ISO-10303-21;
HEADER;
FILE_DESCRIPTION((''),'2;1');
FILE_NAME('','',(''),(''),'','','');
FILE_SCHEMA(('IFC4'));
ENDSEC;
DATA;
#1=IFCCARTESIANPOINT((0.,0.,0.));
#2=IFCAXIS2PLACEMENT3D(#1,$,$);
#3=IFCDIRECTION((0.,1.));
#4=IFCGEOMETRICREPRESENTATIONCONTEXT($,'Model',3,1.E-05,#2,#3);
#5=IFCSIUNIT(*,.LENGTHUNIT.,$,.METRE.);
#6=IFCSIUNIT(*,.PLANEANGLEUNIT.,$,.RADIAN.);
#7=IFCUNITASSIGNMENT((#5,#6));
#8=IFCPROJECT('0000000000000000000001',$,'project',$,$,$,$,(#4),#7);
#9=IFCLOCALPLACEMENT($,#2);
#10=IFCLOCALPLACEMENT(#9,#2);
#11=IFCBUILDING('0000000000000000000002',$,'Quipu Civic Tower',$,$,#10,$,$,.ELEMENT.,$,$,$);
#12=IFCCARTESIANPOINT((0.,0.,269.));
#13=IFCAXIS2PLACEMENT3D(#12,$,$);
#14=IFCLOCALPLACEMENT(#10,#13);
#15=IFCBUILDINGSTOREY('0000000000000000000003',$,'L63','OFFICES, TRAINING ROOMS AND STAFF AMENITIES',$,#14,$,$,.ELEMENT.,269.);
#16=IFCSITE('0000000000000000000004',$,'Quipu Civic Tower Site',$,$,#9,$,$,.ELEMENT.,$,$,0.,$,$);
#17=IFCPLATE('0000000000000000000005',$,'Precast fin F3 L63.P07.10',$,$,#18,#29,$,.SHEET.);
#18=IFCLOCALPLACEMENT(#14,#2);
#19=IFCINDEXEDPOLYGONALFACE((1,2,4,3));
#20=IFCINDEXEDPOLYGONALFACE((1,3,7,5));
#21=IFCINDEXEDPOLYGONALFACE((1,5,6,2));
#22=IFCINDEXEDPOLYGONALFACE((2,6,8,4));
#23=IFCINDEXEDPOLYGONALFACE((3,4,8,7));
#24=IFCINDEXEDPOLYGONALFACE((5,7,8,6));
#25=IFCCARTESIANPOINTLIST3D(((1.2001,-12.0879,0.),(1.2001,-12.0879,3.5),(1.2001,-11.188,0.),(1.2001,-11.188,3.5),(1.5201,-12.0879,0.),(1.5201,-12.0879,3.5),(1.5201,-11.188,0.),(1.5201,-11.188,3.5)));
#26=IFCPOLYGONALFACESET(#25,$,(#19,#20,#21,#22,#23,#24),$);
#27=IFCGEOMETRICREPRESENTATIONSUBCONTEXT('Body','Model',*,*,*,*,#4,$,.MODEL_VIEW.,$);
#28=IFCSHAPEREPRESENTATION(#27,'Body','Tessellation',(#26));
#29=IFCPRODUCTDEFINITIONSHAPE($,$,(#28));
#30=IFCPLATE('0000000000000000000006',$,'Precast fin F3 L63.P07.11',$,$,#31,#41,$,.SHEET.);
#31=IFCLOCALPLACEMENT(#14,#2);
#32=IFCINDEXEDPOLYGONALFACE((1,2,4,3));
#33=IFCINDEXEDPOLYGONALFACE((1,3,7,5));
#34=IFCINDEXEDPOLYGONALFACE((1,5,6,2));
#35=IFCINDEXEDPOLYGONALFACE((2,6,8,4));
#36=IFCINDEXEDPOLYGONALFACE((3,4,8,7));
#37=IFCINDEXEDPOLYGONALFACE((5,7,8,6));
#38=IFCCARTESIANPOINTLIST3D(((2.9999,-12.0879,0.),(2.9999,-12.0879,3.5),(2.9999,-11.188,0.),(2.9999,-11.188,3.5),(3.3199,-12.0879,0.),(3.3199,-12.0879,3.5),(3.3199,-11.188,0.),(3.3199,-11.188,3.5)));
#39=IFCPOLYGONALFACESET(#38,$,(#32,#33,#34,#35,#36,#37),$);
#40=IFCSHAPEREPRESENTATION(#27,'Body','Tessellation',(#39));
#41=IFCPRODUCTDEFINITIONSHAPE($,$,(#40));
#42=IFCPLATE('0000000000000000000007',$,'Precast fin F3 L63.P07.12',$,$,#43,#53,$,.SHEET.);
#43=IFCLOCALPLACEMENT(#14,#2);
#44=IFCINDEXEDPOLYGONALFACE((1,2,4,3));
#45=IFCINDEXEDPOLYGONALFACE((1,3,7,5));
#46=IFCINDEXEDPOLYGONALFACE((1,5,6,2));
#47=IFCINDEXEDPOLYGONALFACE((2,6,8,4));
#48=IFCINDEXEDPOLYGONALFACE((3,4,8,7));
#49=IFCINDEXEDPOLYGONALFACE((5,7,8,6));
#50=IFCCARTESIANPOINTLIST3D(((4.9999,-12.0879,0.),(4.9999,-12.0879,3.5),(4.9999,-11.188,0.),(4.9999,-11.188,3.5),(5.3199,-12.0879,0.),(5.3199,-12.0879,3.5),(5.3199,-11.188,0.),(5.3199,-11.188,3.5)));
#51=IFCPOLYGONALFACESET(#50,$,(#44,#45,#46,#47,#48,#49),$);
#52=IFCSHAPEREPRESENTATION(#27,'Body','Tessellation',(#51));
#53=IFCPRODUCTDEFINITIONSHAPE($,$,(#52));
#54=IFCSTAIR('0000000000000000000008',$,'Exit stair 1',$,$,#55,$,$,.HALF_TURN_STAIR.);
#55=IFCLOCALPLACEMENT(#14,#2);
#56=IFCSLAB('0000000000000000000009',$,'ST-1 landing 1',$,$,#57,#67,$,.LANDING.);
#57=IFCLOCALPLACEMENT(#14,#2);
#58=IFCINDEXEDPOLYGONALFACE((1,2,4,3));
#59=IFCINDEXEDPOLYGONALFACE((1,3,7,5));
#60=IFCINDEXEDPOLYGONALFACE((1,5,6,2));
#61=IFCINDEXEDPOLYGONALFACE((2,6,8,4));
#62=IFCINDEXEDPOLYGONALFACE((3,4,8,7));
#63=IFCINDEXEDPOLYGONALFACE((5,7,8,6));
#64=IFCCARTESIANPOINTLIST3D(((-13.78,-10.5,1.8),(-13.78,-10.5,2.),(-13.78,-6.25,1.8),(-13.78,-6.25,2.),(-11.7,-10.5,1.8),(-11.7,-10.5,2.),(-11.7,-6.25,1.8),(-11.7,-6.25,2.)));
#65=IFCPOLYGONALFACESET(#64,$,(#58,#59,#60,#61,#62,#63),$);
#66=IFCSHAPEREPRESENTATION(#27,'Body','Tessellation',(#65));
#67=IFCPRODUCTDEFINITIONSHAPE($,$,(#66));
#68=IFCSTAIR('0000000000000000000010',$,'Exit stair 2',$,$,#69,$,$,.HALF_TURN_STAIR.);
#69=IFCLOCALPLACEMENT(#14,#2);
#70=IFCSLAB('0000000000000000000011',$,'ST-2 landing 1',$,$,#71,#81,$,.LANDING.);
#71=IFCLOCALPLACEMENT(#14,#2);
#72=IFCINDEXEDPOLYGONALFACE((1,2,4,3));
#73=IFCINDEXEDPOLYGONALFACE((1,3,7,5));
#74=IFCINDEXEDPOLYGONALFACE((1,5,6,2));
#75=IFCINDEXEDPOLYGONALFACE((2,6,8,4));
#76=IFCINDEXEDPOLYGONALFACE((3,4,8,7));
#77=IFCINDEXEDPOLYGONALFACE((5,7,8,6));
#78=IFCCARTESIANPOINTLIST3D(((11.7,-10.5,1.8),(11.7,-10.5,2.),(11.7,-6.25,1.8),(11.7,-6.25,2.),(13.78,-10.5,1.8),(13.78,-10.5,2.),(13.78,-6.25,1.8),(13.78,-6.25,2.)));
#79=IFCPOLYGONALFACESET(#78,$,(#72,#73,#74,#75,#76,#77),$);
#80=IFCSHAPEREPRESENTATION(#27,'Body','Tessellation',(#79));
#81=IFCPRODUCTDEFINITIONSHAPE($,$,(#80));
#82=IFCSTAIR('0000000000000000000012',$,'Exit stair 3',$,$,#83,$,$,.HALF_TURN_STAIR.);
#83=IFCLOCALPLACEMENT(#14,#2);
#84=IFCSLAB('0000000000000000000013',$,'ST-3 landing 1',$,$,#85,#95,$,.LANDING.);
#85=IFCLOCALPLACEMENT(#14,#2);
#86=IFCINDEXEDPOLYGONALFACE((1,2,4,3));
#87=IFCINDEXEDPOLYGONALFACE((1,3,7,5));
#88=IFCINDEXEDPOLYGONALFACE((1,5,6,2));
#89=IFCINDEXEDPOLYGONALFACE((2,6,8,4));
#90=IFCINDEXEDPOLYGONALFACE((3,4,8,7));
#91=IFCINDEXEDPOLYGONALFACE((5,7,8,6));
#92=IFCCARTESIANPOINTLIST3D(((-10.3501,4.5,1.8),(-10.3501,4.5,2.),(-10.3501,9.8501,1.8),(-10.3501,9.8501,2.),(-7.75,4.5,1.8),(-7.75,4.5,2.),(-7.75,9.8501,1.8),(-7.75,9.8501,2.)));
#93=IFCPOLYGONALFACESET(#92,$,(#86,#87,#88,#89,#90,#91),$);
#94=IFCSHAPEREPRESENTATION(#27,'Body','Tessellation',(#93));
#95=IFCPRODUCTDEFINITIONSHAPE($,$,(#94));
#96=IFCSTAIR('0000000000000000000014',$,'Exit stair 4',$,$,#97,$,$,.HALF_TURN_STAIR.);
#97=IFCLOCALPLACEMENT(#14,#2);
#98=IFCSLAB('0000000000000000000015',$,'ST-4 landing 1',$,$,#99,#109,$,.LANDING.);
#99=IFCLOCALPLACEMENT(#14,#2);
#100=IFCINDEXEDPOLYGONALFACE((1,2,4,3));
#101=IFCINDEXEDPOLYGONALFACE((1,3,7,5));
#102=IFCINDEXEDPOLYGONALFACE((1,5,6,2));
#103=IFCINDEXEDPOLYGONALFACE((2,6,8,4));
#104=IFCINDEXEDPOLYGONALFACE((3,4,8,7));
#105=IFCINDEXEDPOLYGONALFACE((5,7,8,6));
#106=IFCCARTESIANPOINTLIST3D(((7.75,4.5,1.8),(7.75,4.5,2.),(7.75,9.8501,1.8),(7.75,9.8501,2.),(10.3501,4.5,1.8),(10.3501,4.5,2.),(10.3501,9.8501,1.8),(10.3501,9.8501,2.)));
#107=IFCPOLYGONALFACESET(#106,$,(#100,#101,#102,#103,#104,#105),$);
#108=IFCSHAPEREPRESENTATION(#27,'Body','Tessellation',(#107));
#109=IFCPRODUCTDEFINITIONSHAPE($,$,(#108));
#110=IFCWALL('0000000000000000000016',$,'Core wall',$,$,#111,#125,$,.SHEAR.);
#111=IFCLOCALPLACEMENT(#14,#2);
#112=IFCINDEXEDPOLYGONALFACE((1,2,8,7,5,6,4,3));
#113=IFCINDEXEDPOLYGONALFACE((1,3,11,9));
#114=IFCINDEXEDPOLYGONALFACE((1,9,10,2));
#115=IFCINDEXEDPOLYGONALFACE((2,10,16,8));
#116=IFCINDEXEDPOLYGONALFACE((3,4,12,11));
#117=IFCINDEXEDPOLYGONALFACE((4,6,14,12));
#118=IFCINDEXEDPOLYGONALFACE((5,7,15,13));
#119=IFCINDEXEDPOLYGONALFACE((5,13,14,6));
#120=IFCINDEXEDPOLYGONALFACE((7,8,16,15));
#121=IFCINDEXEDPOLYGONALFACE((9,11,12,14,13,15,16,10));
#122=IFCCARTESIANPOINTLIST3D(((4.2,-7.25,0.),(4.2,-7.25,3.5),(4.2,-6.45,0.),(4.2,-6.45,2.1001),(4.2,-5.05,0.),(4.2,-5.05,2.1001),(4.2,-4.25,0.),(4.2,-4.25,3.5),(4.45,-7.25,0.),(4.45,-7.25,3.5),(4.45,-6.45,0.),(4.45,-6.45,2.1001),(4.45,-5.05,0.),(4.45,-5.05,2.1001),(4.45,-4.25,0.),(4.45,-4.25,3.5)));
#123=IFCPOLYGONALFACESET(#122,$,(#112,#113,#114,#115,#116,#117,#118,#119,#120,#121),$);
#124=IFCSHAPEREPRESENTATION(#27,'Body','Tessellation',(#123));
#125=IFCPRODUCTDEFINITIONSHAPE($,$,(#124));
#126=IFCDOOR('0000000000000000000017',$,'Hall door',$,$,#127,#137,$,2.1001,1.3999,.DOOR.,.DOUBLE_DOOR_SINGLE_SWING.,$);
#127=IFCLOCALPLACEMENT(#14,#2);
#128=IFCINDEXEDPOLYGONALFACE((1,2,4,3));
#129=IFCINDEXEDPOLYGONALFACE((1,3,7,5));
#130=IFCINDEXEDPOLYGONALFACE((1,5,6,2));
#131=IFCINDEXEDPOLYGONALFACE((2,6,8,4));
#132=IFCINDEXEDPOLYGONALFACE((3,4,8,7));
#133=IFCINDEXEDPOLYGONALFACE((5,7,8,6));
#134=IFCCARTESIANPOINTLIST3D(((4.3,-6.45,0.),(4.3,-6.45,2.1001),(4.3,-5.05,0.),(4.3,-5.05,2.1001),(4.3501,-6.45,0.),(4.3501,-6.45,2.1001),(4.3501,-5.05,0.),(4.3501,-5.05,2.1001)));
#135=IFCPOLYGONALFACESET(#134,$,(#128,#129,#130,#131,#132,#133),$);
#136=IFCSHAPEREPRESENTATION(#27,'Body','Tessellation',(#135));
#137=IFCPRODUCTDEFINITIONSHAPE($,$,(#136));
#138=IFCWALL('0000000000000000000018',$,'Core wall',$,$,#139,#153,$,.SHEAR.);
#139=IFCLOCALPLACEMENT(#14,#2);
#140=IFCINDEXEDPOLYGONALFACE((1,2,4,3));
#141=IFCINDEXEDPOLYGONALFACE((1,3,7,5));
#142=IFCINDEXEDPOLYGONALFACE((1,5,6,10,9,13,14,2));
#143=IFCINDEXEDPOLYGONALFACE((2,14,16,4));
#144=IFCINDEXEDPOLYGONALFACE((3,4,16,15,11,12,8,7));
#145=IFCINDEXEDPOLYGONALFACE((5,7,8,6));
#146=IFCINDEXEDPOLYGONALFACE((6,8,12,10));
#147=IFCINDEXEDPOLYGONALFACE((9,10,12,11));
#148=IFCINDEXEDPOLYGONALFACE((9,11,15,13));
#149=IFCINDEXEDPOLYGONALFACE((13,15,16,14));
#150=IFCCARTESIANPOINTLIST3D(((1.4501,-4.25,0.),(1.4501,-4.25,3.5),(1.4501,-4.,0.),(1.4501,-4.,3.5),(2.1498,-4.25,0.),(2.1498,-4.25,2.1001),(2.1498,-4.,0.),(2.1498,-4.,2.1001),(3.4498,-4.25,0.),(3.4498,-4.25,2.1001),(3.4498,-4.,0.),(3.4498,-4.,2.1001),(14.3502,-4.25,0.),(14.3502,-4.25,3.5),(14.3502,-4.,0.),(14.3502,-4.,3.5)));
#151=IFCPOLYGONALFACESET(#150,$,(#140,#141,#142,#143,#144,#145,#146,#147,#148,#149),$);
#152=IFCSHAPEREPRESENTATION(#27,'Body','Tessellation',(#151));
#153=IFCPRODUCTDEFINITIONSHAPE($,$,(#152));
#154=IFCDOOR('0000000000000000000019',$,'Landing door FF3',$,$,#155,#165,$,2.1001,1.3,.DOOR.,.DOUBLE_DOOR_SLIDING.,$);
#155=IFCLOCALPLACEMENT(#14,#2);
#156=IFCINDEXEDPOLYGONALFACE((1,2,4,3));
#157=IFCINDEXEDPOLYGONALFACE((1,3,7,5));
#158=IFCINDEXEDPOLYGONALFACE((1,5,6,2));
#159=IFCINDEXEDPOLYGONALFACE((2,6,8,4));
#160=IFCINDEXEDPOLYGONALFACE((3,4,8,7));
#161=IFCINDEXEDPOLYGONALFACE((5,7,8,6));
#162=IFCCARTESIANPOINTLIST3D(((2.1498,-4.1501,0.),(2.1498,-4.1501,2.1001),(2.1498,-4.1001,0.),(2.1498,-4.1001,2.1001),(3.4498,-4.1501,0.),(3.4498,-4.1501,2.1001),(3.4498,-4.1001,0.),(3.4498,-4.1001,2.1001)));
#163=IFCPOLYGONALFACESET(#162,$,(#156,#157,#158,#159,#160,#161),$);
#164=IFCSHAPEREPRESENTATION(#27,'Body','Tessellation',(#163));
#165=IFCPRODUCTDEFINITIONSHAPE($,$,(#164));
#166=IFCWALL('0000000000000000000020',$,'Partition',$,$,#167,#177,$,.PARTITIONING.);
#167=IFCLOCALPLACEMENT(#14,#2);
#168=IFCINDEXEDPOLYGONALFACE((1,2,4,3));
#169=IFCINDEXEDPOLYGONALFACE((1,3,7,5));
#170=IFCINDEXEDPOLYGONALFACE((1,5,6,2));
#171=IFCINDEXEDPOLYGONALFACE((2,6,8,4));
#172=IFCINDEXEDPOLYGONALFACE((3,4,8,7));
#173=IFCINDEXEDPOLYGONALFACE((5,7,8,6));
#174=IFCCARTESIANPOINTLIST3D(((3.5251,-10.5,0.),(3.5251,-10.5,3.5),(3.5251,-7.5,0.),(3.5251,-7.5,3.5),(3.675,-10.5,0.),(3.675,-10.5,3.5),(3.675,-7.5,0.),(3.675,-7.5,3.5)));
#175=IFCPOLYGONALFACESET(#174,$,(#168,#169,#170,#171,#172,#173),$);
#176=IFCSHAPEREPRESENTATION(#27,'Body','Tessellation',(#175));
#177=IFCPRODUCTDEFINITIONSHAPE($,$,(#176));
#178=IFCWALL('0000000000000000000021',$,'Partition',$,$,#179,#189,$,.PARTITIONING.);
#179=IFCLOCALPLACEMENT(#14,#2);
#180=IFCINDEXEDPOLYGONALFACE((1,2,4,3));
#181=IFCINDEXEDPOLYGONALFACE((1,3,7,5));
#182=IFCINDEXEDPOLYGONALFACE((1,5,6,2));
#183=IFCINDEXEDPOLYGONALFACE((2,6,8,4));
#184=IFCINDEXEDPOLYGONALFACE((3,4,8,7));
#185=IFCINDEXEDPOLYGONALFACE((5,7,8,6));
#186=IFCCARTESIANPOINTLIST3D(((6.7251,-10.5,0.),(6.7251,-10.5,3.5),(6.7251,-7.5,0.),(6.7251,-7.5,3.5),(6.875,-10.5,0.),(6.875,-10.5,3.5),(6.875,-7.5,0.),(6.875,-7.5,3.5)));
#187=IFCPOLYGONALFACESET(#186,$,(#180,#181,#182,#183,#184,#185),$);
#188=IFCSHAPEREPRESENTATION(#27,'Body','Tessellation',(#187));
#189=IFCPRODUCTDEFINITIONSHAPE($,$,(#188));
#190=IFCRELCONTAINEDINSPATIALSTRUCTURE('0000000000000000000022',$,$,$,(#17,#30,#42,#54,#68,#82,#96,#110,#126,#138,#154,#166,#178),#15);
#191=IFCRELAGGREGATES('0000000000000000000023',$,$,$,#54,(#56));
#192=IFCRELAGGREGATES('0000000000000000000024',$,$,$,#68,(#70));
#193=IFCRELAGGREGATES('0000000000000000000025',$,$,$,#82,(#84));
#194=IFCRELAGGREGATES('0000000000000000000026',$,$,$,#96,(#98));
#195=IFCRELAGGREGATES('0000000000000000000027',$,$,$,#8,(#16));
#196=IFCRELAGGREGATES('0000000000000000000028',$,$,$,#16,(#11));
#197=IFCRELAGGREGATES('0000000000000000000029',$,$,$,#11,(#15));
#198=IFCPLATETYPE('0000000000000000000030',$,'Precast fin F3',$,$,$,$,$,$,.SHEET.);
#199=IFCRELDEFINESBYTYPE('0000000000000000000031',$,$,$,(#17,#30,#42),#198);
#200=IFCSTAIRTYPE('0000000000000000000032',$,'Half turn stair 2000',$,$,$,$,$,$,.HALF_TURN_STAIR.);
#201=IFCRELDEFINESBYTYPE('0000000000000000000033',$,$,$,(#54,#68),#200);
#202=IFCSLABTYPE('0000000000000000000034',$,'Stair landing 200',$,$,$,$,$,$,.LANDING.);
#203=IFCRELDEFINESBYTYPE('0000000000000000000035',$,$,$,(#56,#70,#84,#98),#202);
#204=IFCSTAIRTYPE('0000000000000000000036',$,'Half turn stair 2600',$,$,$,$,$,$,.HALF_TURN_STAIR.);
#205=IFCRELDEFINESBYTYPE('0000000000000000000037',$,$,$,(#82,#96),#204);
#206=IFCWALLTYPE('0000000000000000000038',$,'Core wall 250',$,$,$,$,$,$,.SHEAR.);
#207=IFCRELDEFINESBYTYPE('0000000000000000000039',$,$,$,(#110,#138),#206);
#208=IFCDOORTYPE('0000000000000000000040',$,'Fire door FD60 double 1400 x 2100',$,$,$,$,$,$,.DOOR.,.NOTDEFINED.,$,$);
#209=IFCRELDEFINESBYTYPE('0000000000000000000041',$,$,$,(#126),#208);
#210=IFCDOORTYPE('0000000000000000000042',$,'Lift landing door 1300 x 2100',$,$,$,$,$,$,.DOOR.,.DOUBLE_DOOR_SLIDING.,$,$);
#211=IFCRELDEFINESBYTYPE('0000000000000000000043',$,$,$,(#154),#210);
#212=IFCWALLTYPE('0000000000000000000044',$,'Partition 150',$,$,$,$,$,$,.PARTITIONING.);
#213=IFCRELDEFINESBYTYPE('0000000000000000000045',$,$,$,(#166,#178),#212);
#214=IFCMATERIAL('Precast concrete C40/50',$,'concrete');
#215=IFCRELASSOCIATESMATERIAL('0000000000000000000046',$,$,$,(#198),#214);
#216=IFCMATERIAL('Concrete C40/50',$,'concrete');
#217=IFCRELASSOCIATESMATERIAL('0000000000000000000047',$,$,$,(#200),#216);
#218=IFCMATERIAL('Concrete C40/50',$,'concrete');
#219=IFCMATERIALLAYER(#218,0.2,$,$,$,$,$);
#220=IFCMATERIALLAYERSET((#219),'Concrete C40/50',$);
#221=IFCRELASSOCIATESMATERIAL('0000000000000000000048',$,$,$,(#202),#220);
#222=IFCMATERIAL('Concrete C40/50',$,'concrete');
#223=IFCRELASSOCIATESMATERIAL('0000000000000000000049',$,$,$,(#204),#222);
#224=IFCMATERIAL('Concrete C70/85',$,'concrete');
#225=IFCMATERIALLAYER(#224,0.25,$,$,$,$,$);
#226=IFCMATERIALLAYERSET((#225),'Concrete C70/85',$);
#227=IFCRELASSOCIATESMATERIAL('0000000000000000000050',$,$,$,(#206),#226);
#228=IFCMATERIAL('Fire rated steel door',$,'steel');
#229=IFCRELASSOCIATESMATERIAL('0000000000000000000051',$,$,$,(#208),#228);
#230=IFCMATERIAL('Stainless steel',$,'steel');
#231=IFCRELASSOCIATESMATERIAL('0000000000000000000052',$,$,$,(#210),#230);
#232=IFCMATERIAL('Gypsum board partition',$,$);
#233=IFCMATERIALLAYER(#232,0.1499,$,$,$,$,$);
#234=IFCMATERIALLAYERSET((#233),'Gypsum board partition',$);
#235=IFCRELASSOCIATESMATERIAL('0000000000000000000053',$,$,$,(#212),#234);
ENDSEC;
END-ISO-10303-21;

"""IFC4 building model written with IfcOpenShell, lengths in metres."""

from ifc_helpers import new_model, si_unit, direction, frame, frame_2d, origin, origin_2d, place, context, subcontext, project, spatial, polyline, rectangle, outline, extrude, material, layer, layer_set, type_object, element, fill, aggregate, save


model = new_model("IFC4")

# Units and contexts
model_context = context("Model", 3, precision=1e-05, world=origin(), true_north=direction((0.0, 1.0)))
body_context = subcontext(model_context, "Body", "Model", "MODEL_VIEW")
ifc_project = project(units=[si_unit("LENGTHUNIT", "METRE"), si_unit("PLANEANGLEUNIT", "RADIAN")], contexts=[model_context])

# Site, building, storey
site_placement = place(None, origin())
site = spatial("IfcSite", under=ifc_project, at=site_placement, Name="Quipu Civic Tower Site", CompositionType="ELEMENT", RefElevation=0.0)
building_placement = place(site_placement, origin())
building = spatial("IfcBuilding", under=site, at=building_placement, Name="Quipu Civic Tower", CompositionType="ELEMENT")
storey_placement = place(building_placement, frame((0.0, 0.0, 269.0)))
storey = spatial("IfcBuildingStorey", under=building, at=storey_placement, Name="L63", Description="OFFICES, TRAINING ROOMS AND STAFF AMENITIES", CompositionType="ELEMENT", Elevation=269.0)

# Plates
ifc_material_1 = material(Name="Precast concrete C40/50", Category="concrete")
plate_type = type_object("IfcPlateType", Name="Precast fin F3", PredefinedType="SHEET", material=ifc_material_1)
for number, where, z_axis, x_axis, name in (
    (1, (1.3601, -11.6379, 0.0), (0.0, 0.0, 1.0), (1.0, 0.0, 0.0), "Precast fin F3 L63.P07.10"),
    (2, (3.1599, -11.6379, 0.0), (0.0, 0.0, 1.0), (1.0, 0.0, 0.0), "Precast fin F3 L63.P07.11"),
    (3, (5.1599, -11.6379, 0.0), (0.0, 0.0, 1.0), (1.0, 0.0, 0.0), "Precast fin F3 L63.P07.12"),
):
    element("IfcPlate", number, at=place(storey_placement, frame(where, z_axis=z_axis, x_axis=x_axis)), inside=storey, type_object=plate_type, Name=name, PredefinedType="SHEET", context=body_context, shape_type="SweptSolid", body=[
        extrude(rectangle(XDim=0.3201, YDim=0.8999, at=origin_2d()), origin(), (0.0, 0.0, 1.0), 3.5),
    ])

# Stairs, slabs
ifc_material_2 = material(Name="Concrete C40/50", Category="concrete")
stair_type_1 = type_object("IfcStairType", Name="Half turn stair 2000", PredefinedType="HALF_TURN_STAIR", material=ifc_material_2)
stair_1_placement = place(storey_placement, origin())
stair_1 = element("IfcStair", 4, at=stair_1_placement, inside=storey, type_object=stair_type_1, Name="Exit stair 1", PredefinedType="HALF_TURN_STAIR")
ifc_material_3 = material(Name="Concrete C40/50", Category="concrete")
ifc_layer_1 = layer(ifc_material_3, 0.2)
ifc_layer_set_1 = layer_set([ifc_layer_1], Name="Concrete C40/50")
slab_type = type_object("IfcSlabType", Name="Stair landing 200", PredefinedType="LANDING", material=ifc_layer_set_1)
slab_1_placement = place(storey_placement, frame((0.0, 0.0, 1.8)))
slab_1 = element("IfcSlab", 5, at=slab_1_placement, type_object=slab_type, Name="ST-1 landing 1", PredefinedType="LANDING", context=body_context, shape_type="SweptSolid", body=[
    extrude(outline(polyline([(-13.78, -10.5), (-11.7, -10.5), (-11.7, -6.25), (-13.78, -6.25), (-13.78, -10.5)])), origin(), (0.0, 0.0, 1.0), 0.2),
])
aggregate(stair_1, [slab_1])
stair_2_placement = place(storey_placement, origin())
stair_2 = element("IfcStair", 6, at=stair_2_placement, inside=storey, type_object=stair_type_1, Name="Exit stair 2", PredefinedType="HALF_TURN_STAIR")
slab_2_placement = place(storey_placement, frame((0.0, 0.0, 1.8)))
slab_2 = element("IfcSlab", 7, at=slab_2_placement, type_object=slab_type, Name="ST-2 landing 1", PredefinedType="LANDING", context=body_context, shape_type="SweptSolid", body=[
    extrude(outline(polyline([(13.78, -6.25), (11.7, -6.25), (11.7, -10.5), (13.78, -10.5), (13.78, -6.25)])), origin(), (0.0, 0.0, 1.0), 0.2),
])
aggregate(stair_2, [slab_2])
ifc_material_4 = material(Name="Concrete C40/50", Category="concrete")
stair_type_2 = type_object("IfcStairType", Name="Half turn stair 2600", PredefinedType="HALF_TURN_STAIR", material=ifc_material_4)
stair_3_placement = place(storey_placement, origin())
stair_3 = element("IfcStair", 8, at=stair_3_placement, inside=storey, type_object=stair_type_2, Name="Exit stair 3", PredefinedType="HALF_TURN_STAIR")
slab_3_placement = place(storey_placement, frame((0.0, 0.0, 1.8)))
slab_3 = element("IfcSlab", 9, at=slab_3_placement, type_object=slab_type, Name="ST-3 landing 1", PredefinedType="LANDING", context=body_context, shape_type="SweptSolid", body=[
    extrude(outline(polyline([(-10.3501, 4.5), (-7.75, 4.5), (-7.75, 9.8501), (-10.3501, 9.8501), (-10.3501, 4.5)])), origin(), (0.0, 0.0, 1.0), 0.2),
])
aggregate(stair_3, [slab_3])
stair_4_placement = place(storey_placement, origin())
stair_4 = element("IfcStair", 10, at=stair_4_placement, inside=storey, type_object=stair_type_2, Name="Exit stair 4", PredefinedType="HALF_TURN_STAIR")
slab_4_placement = place(storey_placement, frame((0.0, 0.0, 1.8)))
slab_4 = element("IfcSlab", 11, at=slab_4_placement, type_object=slab_type, Name="ST-4 landing 1", PredefinedType="LANDING", context=body_context, shape_type="SweptSolid", body=[
    extrude(outline(polyline([(10.3501, 9.8501), (7.75, 9.8501), (7.75, 4.5), (10.3501, 4.5), (10.3501, 9.8501)])), origin(), (0.0, 0.0, 1.0), 0.2),
])
aggregate(stair_4, [slab_4])

# Walls, openings, doors
ifc_material_5 = material(Name="Concrete C70/85", Category="concrete")
ifc_layer_2 = layer(ifc_material_5, 0.25)
ifc_layer_set_2 = layer_set([ifc_layer_2], Name="Concrete C70/85")
wall_type_1 = type_object("IfcWallType", Name="Core wall 250", PredefinedType="SHEAR", material=ifc_layer_set_2)
wall_1_placement = place(storey_placement, frame((4.325, -7.25, 0.0), z_axis=(0.0, 0.0, 1.0), x_axis=(0.0, 1.0, 0.0)))
wall_1 = element("IfcWall", 12, at=wall_1_placement, inside=storey, type_object=wall_type_1, Name="Core wall", PredefinedType="SHEAR", context=body_context, shape_type="SweptSolid", body=[
    extrude(rectangle(XDim=3.0, YDim=0.25, at=frame_2d((1.5, 0.0))), origin(), (0.0, 0.0, 1.0), 3.5),
])
opening_1_placement = place(wall_1_placement, frame((0.8, 0.0, 0.0)))
opening_1 = element("IfcOpeningElement", 13, at=opening_1_placement, cuts=wall_1, PredefinedType="OPENING", context=body_context, shape_type="SweptSolid", body=[
    extrude(rectangle(XDim=1.3999, YDim=2.1001, at=frame_2d((0.7, 1.05))), frame((0.0, 0.135, 0.0), z_axis=(0.0, -1.0, 0.0), x_axis=(1.0, 0.0, 0.0)), (0.0, 0.0, 1.0), 0.27),
])
ifc_material_6 = material(Name="Fire rated steel door", Category="steel")
door_type_1 = type_object("IfcDoorType", Name="Fire door FD60 double 1400 x 2100", OperationType="NOTDEFINED", PredefinedType="DOOR", material=ifc_material_6)
door_1_placement = place(opening_1_placement, origin())
door_1 = element("IfcDoor", 14, at=door_1_placement, inside=storey, type_object=door_type_1, Name="Hall door", OperationType="DOUBLE_DOOR_SINGLE_SWING", OverallHeight=2.1001, OverallWidth=1.3999, PredefinedType="DOOR", context=body_context, shape_type="SweptSolid", body=[
    extrude(rectangle(XDim=1.3999, YDim=2.1001, at=frame_2d((0.7, 1.05))), frame((0.0, 0.0249, 0.0), z_axis=(0.0, -1.0, 0.0), x_axis=(1.0, 0.0, 0.0)), (0.0, 0.0, 1.0), 0.05),
])
fill(opening_1, door_1)
wall_2_placement = place(storey_placement, frame((1.45, -4.125, 0.0), z_axis=(0.0, 0.0, 1.0), x_axis=(1.0, 0.0, 0.0)))
wall_2 = element("IfcWall", 15, at=wall_2_placement, inside=storey, type_object=wall_type_1, Name="Core wall", PredefinedType="SHEAR", context=body_context, shape_type="SweptSolid", body=[
    extrude(rectangle(XDim=12.9001, YDim=0.25, at=frame_2d((6.4502, 0.0))), origin(), (0.0, 0.0, 1.0), 3.5),
])
opening_2_placement = place(wall_2_placement, frame((0.7, 0.0, 0.0)))
opening_2 = element("IfcOpeningElement", 16, at=opening_2_placement, cuts=wall_2, PredefinedType="OPENING", context=body_context, shape_type="SweptSolid", body=[
    extrude(rectangle(XDim=1.3, YDim=2.1001, at=frame_2d((0.6499, 1.05))), frame((0.0, 0.135, 0.0), z_axis=(0.0, -1.0, 0.0), x_axis=(1.0, 0.0, 0.0)), (0.0, 0.0, 1.0), 0.27),
])
ifc_material_7 = material(Name="Stainless steel", Category="steel")
door_type_2 = type_object("IfcDoorType", Name="Lift landing door 1300 x 2100", OperationType="DOUBLE_DOOR_SLIDING", PredefinedType="DOOR", material=ifc_material_7)
door_2_placement = place(opening_2_placement, origin())
door_2 = element("IfcDoor", 17, at=door_2_placement, inside=storey, type_object=door_type_2, Name="Landing door FF3", OperationType="DOUBLE_DOOR_SLIDING", OverallHeight=2.1001, OverallWidth=1.3, PredefinedType="DOOR", context=body_context, shape_type="SweptSolid", body=[
    extrude(rectangle(XDim=1.3, YDim=2.1001, at=frame_2d((0.6499, 1.05))), frame((0.0, 0.0249, 0.0), z_axis=(0.0, -1.0, 0.0), x_axis=(1.0, 0.0, 0.0)), (0.0, 0.0, 1.0), 0.05),
])
fill(opening_2, door_2)

# Walls
ifc_material_8 = material(Name="Gypsum board partition")
ifc_layer_3 = layer(ifc_material_8, 0.1499)
ifc_layer_set_3 = layer_set([ifc_layer_3], Name="Gypsum board partition")
wall_type_2 = type_object("IfcWallType", Name="Partition 150", PredefinedType="PARTITIONING", material=ifc_layer_set_3)
for number, where, z_axis, x_axis, name in (
    (18, (3.6001, -10.5, 0.0), (0.0, 0.0, 1.0), (0.0, 1.0, 0.0), "Partition"),
    (19, (6.8, -10.5, 0.0), (0.0, 0.0, 1.0), (0.0, 1.0, 0.0), "Partition"),
):
    element("IfcWall", number, at=place(storey_placement, frame(where, z_axis=z_axis, x_axis=x_axis)), inside=storey, type_object=wall_type_2, Name=name, PredefinedType="PARTITIONING", context=body_context, shape_type="SweptSolid", body=[
        extrude(rectangle(XDim=3.0, YDim=0.1499, at=frame_2d((1.5, 0.0))), origin(), (0.0, 0.0, 1.0), 3.5),
    ])

save(model, "model.ifc")
